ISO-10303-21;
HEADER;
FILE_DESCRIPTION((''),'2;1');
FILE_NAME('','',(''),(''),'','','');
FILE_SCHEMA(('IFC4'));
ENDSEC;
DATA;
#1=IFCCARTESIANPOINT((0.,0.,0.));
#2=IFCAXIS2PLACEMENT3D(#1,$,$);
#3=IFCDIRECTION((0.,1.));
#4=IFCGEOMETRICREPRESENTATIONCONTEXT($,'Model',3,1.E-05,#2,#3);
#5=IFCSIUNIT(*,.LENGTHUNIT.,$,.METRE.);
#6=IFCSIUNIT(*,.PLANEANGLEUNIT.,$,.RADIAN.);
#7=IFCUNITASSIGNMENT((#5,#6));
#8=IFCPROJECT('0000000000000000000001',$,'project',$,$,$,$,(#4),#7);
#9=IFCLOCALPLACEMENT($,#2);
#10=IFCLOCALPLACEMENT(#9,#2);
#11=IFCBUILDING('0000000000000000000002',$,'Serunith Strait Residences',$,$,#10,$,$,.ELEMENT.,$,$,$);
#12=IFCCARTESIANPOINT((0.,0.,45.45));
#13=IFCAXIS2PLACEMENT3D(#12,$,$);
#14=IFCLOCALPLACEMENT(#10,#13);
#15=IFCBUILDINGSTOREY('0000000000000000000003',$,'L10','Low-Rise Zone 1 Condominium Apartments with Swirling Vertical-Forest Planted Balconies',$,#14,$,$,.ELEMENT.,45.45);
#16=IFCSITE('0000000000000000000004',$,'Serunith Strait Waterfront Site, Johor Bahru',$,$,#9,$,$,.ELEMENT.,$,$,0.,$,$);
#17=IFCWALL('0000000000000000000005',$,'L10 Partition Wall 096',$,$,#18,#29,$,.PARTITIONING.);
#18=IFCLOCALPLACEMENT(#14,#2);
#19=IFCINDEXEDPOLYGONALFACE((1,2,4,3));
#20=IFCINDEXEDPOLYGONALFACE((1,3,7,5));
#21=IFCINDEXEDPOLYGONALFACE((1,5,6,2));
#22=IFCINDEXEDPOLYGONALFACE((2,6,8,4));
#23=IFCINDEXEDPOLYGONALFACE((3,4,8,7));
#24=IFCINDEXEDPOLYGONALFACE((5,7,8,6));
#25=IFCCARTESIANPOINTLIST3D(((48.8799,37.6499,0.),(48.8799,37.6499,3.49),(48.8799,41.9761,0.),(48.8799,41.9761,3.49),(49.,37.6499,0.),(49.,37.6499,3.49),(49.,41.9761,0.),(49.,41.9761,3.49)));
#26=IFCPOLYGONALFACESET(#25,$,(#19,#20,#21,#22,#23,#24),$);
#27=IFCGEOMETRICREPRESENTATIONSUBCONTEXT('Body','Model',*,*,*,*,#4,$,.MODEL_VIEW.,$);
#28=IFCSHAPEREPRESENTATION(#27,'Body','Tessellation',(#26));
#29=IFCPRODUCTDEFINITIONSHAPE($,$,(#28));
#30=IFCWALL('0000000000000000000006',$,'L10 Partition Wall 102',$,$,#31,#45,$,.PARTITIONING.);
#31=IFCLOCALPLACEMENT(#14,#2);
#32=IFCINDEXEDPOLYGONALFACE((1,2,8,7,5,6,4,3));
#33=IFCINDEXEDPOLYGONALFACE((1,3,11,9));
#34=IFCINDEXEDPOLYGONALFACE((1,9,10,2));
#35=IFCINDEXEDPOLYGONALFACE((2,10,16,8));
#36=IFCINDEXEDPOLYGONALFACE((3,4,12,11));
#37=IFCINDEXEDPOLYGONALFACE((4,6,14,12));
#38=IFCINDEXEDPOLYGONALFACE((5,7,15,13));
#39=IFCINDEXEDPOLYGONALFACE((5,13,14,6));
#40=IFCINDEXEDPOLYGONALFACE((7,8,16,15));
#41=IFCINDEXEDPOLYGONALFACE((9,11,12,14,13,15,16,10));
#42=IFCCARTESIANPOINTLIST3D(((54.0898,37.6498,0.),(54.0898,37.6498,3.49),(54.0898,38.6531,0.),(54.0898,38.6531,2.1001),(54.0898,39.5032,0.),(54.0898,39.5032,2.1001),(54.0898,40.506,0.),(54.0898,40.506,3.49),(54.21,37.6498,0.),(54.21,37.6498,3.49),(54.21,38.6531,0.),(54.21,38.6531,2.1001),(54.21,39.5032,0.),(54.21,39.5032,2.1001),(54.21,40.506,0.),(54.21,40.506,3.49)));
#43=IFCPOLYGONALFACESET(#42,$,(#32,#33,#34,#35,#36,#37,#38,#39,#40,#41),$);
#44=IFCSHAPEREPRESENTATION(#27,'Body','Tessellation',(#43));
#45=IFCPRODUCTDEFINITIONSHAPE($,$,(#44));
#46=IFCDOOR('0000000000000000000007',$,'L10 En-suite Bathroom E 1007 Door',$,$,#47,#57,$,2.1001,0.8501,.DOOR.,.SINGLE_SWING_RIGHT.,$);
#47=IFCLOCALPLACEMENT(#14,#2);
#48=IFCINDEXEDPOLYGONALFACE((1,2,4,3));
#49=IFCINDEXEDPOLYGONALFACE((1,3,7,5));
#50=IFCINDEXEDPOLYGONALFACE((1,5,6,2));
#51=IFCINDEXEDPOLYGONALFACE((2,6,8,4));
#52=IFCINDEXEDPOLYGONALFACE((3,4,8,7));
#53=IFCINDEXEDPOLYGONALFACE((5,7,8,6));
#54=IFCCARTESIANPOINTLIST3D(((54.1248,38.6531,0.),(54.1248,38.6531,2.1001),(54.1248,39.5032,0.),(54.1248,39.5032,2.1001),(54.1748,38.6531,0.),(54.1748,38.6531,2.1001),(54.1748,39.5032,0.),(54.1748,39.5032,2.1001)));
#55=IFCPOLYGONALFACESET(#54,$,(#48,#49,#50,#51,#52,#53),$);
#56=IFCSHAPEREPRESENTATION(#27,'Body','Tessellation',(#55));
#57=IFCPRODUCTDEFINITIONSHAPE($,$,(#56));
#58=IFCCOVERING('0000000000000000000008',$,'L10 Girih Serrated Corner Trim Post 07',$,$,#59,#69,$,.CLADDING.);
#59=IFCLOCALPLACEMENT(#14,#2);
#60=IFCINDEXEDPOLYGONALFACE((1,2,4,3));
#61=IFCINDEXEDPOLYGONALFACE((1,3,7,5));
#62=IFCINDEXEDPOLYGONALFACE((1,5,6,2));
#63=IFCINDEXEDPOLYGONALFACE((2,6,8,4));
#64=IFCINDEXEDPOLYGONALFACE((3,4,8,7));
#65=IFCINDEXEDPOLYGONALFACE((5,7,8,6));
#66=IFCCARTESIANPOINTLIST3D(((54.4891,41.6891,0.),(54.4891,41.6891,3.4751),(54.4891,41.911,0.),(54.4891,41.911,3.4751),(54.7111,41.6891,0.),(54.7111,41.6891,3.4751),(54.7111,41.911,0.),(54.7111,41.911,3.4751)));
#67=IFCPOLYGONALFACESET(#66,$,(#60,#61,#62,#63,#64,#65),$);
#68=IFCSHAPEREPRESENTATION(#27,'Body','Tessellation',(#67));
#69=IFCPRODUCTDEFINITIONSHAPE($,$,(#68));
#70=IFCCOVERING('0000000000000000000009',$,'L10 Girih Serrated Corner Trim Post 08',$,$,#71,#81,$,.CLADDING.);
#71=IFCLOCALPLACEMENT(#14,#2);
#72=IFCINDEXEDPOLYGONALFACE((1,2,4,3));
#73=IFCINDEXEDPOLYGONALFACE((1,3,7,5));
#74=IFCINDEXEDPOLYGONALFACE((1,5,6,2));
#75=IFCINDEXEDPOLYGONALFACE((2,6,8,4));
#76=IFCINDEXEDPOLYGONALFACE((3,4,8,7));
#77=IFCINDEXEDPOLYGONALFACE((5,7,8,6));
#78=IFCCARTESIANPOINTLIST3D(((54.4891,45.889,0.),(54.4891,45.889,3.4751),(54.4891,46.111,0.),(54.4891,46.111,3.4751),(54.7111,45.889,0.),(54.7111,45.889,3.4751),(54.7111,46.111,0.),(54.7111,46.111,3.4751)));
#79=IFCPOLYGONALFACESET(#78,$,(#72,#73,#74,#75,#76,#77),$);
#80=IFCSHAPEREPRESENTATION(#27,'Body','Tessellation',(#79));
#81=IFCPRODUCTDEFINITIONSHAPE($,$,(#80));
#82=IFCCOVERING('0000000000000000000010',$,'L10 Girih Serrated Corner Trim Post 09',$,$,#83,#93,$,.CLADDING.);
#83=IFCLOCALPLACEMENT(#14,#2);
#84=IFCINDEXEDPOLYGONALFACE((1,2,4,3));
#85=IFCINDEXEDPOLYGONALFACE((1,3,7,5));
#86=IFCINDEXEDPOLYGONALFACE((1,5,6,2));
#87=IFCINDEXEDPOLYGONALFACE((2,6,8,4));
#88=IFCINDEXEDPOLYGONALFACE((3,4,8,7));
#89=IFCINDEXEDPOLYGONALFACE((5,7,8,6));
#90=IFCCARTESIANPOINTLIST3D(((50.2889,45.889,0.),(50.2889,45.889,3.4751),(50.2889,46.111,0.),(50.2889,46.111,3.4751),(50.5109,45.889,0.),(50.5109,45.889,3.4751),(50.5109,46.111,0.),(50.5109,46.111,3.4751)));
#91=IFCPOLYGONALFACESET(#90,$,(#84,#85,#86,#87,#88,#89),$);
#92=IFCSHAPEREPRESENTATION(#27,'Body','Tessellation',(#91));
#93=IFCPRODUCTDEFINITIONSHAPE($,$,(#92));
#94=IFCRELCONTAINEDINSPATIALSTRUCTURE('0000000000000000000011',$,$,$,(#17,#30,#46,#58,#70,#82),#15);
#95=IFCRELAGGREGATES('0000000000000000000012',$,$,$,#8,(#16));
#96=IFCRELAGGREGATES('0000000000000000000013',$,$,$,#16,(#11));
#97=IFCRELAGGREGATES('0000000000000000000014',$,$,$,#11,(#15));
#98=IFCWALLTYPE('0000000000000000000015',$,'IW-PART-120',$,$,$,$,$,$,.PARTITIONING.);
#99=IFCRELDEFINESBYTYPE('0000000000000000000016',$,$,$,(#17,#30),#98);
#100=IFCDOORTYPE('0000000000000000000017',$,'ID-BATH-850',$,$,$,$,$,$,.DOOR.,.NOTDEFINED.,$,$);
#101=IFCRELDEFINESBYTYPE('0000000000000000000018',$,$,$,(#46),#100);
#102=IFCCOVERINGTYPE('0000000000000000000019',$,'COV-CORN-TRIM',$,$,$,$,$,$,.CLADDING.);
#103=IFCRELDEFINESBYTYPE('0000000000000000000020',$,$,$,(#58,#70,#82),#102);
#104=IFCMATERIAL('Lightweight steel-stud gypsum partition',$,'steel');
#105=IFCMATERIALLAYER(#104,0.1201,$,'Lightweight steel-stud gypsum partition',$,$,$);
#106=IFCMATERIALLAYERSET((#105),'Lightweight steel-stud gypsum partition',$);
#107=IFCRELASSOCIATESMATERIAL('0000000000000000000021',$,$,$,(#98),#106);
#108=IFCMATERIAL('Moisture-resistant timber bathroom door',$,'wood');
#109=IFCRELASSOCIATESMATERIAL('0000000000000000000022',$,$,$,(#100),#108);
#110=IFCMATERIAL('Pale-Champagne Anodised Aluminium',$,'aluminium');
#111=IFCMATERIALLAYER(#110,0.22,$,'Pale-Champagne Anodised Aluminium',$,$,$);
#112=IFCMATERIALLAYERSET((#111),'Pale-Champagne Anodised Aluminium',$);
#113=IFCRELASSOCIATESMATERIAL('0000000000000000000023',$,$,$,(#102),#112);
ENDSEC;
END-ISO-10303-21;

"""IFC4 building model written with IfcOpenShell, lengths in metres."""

from ifc_helpers import new_model, si_unit, direction, frame, frame_2d, origin, origin_2d, place, context, subcontext, project, spatial, rectangle, extrude, source, transform, mapped, material, layer, layer_set, type_object, element, fill, save


model = new_model("IFC4")

# Units and contexts
model_context = context("Model", 3, precision=1e-05, world=origin(), true_north=direction((0.0, 1.0)))
body_context = subcontext(model_context, "Body", "Model", "MODEL_VIEW")
ifc_project = project(units=[si_unit("LENGTHUNIT", "METRE"), si_unit("PLANEANGLEUNIT", "RADIAN")], contexts=[model_context])

# Site, building, storey
site_placement = place(None, origin())
site = spatial("IfcSite", under=ifc_project, at=site_placement, Name="Serunith Strait Waterfront Site, Johor Bahru", CompositionType="ELEMENT", RefElevation=0.0)
building_placement = place(site_placement, origin())
building = spatial("IfcBuilding", under=site, at=building_placement, Name="Serunith Strait Residences", CompositionType="ELEMENT")
storey_placement = place(building_placement, frame((0.0, 0.0, 45.45)))
storey = spatial("IfcBuildingStorey", under=building, at=storey_placement, Name="L10", Description="Low-Rise Zone 1 Condominium Apartments with Swirling Vertical-Forest Planted Balconies", CompositionType="ELEMENT", Elevation=45.45)

# Shared definitions
ifc_material_1 = material(Name="Pale-Champagne Anodised Aluminium", Category="aluminium")

# Shared definitions
ifc_material_2 = material(Name="Lightweight steel-stud gypsum partition", Category="steel")
ifc_layer_1 = layer(ifc_material_2, 0.1201, Name="Lightweight steel-stud gypsum partition")
ifc_layer_set_1 = layer_set([ifc_layer_1], Name="Lightweight steel-stud gypsum partition")
wall_type_1 = type_object("IfcWallType", Name="IW-PART-120", PredefinedType="PARTITIONING", material=ifc_layer_set_1)

# Wall
wall_1_placement = place(storey_placement, frame((48.9399, 41.9761, 0.0), z_axis=(0.0, 0.0, 1.0), x_axis=(0.0, -1.0, 0.0)))
element("IfcWall", 1, at=wall_1_placement, inside=storey, type_object=wall_type_1, Name="L10 Partition Wall 096", PredefinedType="PARTITIONING", context=body_context, shape_type="SweptSolid", body=[
    extrude(rectangle(XDim=4.3262, YDim=0.1201, at=frame_2d((2.1631, 0.0))), origin(), (0.0, 0.0, 1.0), 3.49),
])

# Wall, opening, door
wall_2_placement = place(storey_placement, frame((54.1499, 40.5061, 0.0), z_axis=(0.0, 0.0, 1.0), x_axis=(0.0, -1.0, 0.0)))
wall_2 = element("IfcWall", 2, at=wall_2_placement, inside=storey, type_object=wall_type_1, Name="L10 Partition Wall 102", PredefinedType="PARTITIONING", context=body_context, shape_type="SweptSolid", body=[
    extrude(rectangle(XDim=2.8562, YDim=0.1201, at=frame_2d((1.4282, 0.0))), origin(), (0.0, 0.0, 1.0), 3.49),
])
opening_1_placement = place(wall_2_placement, frame((1.0029, 0.0, 0.0)))
opening_1 = element("IfcOpeningElement", 3, at=opening_1_placement, cuts=wall_2, PredefinedType="OPENING", context=body_context, shape_type="SweptSolid", body=[
    extrude(rectangle(XDim=0.8501, YDim=2.1001, at=frame_2d((0.425, 1.05))), frame((0.0, 0.0701, 0.0), z_axis=(0.0, -1.0, 0.0), x_axis=(1.0, 0.0, 0.0)), (0.0, 0.0, 1.0), 0.1401),
])
ifc_material_3 = material(Name="Moisture-resistant timber bathroom door", Category="wood")
door_type_1 = type_object("IfcDoorType", Name="ID-BATH-850", OperationType="NOTDEFINED", PredefinedType="DOOR", material=ifc_material_3)
shared_shape_1 = source(origin(), body_context, "Body", "SweptSolid", [
    extrude(rectangle(XDim=0.8501, YDim=2.1001, at=frame_2d((0.425, 1.05))), frame((0.0, 0.0249, 0.0), z_axis=(0.0, -1.0, 0.0), x_axis=(1.0, 0.0, 0.0)), (0.0, 0.0, 1.0), 0.05),
])
door_1_placement = place(opening_1_placement, origin())
door_1 = element("IfcDoor", 4, at=door_1_placement, inside=storey, type_object=door_type_1, Name="L10 En-suite Bathroom E 1007 Door", OperationType="SINGLE_SWING_RIGHT", OverallHeight=2.1001, OverallWidth=0.8501, PredefinedType="DOOR", context=body_context, shape_type="MappedRepresentation", body=[
    mapped(shared_shape_1, transform((0.0, 0.0, 0.0), scale=1.0)),
])
fill(opening_1, door_1)

# Coverings
ifc_layer_2 = layer(ifc_material_1, 0.22, Name="Pale-Champagne Anodised Aluminium")
ifc_layer_set_2 = layer_set([ifc_layer_2], Name="Pale-Champagne Anodised Aluminium")
covering_type = type_object("IfcCoveringType", Name="COV-CORN-TRIM", PredefinedType="CLADDING", material=ifc_layer_set_2)
shared_shape_2 = source(origin(), body_context, "Body", "SweptSolid", [
    extrude(rectangle(XDim=0.2219, YDim=0.2219, at=origin_2d()), origin(), (0.0, 0.0, 1.0), 3.4751),
])
for number, where, z_axis, x_axis, name in (
    (5, (54.6001, 41.8, 0.0), (0.0, 0.0, 1.0), (1.0, 0.0, 0.0), "L10 Girih Serrated Corner Trim Post 07"),
    (6, (54.6001, 46.0, 0.0), (0.0, 0.0, 1.0), (1.0, 0.0, 0.0), "L10 Girih Serrated Corner Trim Post 08"),
    (7, (50.3999, 46.0, 0.0), (0.0, 0.0, 1.0), (1.0, 0.0, 0.0), "L10 Girih Serrated Corner Trim Post 09"),
):
    element("IfcCovering", number, at=place(storey_placement, frame(where, z_axis=z_axis, x_axis=x_axis)), inside=storey, type_object=covering_type, Name=name, PredefinedType="CLADDING", context=body_context, shape_type="MappedRepresentation", body=[
        mapped(shared_shape_2, transform((0.0, 0.0, 0.0), scale=1.0)),
    ])

save(model, "model.ifc")
